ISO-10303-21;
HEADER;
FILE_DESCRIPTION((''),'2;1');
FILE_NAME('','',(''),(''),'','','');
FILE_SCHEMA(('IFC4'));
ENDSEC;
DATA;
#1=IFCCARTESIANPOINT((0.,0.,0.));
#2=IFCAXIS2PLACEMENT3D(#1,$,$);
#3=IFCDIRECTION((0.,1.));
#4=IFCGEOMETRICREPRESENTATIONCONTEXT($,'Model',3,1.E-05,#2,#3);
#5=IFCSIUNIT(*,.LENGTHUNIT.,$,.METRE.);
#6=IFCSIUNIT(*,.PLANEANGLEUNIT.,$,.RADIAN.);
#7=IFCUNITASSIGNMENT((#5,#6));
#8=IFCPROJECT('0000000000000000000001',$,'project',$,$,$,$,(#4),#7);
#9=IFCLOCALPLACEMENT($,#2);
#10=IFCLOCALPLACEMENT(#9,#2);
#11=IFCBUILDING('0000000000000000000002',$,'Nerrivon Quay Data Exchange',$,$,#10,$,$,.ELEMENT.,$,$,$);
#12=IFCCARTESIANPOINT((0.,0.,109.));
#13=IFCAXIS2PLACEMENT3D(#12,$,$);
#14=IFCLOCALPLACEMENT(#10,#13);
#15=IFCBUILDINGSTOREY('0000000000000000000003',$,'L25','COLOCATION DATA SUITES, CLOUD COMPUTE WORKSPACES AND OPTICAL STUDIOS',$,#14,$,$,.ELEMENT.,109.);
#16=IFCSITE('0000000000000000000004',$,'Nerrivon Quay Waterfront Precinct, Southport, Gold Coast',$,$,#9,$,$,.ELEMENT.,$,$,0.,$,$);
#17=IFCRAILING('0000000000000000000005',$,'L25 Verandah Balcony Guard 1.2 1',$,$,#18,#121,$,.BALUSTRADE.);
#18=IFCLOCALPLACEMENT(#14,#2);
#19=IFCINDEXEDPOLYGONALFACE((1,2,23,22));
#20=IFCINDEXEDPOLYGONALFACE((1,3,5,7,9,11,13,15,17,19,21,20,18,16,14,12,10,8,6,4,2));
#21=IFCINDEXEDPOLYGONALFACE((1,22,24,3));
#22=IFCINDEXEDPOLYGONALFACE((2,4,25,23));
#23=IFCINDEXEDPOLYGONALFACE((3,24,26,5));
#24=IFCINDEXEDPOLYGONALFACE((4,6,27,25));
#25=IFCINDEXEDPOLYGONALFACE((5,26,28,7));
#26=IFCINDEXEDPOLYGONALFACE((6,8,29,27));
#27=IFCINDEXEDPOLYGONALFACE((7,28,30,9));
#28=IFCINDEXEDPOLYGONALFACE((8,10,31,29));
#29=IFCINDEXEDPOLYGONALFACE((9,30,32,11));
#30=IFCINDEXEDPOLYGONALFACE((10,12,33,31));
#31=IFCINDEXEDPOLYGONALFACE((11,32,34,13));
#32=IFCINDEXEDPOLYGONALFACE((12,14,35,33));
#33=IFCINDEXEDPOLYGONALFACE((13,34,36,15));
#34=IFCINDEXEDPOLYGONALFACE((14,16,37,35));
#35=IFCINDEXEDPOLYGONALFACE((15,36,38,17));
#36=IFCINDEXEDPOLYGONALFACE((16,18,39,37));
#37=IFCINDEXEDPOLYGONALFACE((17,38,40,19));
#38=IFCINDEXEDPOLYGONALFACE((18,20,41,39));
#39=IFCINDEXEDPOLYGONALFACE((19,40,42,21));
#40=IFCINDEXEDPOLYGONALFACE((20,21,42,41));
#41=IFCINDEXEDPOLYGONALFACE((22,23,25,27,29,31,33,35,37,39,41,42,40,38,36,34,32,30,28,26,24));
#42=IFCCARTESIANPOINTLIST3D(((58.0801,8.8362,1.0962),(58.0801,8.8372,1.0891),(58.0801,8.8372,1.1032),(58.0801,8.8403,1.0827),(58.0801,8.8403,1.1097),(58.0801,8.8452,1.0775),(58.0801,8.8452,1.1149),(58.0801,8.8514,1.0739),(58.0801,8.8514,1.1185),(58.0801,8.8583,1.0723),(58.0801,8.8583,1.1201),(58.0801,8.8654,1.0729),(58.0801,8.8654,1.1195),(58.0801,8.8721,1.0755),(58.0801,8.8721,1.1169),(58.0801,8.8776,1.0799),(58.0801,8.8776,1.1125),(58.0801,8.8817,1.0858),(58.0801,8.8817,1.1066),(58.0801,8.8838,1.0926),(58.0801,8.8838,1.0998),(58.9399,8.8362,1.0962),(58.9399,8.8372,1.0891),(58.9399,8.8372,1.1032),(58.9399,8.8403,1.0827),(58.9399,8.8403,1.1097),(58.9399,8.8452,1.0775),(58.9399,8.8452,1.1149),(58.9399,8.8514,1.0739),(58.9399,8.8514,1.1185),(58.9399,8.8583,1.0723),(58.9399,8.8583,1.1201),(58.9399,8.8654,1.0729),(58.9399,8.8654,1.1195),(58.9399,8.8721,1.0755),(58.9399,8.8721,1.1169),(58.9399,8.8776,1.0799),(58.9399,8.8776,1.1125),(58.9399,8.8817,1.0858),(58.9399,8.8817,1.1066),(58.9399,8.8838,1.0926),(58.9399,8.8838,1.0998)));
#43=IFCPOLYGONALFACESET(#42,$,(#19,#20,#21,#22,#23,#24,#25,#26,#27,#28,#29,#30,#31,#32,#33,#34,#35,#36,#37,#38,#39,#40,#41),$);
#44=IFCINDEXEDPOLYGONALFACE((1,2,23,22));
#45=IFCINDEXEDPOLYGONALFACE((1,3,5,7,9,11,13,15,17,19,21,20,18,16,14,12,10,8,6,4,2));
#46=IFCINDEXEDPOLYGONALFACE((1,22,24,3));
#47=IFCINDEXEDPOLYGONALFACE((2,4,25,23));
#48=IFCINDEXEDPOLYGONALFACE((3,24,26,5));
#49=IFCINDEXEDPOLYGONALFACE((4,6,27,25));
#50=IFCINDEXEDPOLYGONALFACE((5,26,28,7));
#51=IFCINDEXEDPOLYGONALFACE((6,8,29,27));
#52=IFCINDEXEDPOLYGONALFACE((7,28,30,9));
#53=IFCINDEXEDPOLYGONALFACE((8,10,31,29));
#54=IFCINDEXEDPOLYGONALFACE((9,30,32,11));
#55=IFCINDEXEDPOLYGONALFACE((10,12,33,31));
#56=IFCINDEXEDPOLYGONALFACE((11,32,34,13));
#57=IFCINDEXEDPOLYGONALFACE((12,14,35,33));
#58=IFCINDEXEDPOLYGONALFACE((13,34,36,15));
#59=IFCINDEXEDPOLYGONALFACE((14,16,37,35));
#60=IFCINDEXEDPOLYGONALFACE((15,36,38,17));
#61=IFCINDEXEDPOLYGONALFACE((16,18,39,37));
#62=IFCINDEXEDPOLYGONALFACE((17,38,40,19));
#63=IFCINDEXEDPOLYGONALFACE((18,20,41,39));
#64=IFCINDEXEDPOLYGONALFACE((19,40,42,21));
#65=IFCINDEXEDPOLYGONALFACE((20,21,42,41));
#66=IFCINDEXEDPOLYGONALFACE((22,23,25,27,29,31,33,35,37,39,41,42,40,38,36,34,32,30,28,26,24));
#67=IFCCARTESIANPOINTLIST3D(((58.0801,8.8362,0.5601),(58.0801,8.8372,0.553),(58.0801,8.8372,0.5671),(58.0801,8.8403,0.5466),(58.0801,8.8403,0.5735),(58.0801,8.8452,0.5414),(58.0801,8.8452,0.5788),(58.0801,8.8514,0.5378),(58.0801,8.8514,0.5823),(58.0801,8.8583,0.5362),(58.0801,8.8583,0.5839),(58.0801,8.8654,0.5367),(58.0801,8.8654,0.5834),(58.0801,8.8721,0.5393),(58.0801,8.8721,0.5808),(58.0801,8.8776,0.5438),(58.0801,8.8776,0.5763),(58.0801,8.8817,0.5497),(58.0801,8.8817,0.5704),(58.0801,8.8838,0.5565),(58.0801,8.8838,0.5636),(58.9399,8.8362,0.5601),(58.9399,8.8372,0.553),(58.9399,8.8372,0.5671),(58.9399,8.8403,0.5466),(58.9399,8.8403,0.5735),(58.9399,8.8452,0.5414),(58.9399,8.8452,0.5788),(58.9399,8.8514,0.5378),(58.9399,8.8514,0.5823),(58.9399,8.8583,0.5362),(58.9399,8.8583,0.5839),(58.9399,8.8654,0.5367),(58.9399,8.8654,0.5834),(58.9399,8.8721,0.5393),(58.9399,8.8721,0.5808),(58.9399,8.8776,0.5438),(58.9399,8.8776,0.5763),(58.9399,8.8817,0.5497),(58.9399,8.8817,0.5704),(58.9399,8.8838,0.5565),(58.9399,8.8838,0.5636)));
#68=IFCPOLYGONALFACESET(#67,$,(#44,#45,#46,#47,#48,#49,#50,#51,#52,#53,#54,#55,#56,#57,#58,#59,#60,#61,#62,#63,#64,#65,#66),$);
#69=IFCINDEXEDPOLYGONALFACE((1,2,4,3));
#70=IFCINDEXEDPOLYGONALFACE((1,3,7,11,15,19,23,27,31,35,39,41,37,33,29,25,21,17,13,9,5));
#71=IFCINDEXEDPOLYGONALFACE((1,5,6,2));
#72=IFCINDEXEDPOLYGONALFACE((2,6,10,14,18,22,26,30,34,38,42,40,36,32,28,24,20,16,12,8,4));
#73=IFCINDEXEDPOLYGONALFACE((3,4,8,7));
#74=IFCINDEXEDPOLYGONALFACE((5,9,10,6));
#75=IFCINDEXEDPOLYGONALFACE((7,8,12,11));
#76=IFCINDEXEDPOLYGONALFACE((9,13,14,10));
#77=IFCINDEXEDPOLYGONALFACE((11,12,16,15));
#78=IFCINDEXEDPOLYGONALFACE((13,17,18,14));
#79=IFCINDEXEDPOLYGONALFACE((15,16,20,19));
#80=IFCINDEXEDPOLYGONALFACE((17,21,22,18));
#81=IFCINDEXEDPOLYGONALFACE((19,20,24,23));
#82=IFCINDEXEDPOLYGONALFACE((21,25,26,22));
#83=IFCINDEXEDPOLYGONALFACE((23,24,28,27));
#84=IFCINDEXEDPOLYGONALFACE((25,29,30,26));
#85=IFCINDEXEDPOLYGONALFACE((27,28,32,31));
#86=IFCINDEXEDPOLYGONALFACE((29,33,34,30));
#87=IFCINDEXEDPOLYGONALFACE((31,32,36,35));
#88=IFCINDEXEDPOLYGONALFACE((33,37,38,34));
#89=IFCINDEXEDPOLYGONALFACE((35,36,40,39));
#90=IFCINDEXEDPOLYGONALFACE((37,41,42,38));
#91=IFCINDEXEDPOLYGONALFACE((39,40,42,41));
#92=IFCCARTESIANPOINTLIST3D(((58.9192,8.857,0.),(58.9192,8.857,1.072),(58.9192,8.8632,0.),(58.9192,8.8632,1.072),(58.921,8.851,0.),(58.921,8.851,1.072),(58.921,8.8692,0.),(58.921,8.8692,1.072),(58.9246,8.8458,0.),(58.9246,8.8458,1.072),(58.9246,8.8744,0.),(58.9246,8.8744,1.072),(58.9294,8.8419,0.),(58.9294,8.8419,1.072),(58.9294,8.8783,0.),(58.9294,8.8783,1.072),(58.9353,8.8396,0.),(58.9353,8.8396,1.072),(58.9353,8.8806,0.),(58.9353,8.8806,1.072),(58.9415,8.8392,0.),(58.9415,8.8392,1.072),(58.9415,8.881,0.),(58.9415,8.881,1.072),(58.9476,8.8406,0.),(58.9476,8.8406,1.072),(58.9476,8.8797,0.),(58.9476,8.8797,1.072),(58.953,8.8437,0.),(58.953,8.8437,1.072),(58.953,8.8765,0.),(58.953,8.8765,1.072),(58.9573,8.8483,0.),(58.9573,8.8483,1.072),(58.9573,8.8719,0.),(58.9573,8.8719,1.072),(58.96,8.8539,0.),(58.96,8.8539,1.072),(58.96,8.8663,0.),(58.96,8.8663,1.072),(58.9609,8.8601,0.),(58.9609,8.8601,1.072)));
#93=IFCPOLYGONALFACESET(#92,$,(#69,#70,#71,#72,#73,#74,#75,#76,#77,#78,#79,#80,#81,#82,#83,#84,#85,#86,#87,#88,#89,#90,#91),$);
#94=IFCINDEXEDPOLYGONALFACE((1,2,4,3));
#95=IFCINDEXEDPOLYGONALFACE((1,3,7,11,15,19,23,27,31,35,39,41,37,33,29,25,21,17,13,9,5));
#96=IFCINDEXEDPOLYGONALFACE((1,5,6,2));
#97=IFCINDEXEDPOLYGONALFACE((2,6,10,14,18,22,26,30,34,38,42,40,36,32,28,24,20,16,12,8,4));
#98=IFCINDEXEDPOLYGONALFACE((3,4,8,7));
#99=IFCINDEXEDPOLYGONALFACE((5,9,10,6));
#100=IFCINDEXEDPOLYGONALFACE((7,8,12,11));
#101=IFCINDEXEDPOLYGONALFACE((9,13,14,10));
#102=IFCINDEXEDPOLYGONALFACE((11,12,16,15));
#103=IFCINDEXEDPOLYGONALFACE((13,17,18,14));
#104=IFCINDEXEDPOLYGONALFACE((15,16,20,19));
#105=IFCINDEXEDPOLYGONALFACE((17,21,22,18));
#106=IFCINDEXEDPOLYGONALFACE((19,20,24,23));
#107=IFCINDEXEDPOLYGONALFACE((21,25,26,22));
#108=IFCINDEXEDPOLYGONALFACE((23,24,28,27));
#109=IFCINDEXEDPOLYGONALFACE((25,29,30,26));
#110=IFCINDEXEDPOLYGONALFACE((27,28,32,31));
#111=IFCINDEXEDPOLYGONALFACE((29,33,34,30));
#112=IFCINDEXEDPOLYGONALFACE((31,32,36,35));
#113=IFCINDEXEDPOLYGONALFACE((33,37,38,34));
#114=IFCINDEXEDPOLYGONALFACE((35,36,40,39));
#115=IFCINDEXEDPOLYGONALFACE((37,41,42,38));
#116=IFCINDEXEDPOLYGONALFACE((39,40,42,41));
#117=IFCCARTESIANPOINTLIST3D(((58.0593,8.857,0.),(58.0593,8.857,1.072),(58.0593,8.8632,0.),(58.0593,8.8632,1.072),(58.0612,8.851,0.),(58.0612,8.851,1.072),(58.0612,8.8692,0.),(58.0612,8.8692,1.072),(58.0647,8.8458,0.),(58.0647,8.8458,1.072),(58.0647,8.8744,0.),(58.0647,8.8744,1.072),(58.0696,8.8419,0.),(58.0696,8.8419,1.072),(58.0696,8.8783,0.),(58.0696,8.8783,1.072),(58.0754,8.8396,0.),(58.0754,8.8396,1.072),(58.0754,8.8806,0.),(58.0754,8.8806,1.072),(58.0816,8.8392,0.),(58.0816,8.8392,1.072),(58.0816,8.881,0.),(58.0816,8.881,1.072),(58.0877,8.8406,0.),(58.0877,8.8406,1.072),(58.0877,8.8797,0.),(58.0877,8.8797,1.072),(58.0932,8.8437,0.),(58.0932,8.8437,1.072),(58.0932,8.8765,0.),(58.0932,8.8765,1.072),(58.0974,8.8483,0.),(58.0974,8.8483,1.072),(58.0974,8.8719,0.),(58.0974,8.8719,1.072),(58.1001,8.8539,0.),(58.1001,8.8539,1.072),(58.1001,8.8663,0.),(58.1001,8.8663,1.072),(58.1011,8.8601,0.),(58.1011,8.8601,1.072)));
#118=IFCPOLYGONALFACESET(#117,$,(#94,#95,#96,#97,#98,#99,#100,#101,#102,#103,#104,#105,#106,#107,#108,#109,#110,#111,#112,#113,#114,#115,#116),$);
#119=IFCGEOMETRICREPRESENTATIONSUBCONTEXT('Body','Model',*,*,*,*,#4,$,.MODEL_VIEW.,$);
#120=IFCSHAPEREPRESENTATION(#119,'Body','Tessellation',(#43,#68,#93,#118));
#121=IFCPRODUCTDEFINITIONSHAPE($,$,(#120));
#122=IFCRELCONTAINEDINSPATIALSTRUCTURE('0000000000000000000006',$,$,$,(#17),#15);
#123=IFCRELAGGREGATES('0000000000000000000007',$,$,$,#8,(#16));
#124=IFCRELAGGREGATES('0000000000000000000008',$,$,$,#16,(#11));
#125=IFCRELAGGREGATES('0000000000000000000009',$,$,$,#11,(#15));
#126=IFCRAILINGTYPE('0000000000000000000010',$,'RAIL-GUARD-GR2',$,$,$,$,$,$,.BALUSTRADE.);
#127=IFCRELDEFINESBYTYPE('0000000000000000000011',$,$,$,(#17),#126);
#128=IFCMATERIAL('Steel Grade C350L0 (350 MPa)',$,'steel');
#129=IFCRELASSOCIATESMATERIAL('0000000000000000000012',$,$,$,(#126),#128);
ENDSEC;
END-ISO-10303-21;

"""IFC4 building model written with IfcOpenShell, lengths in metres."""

from ifc_helpers import new_model, si_unit, direction, frame, origin, origin_2d, place, context, subcontext, project, spatial, circle, extrude, material, type_object, element, save


model = new_model("IFC4")

# Units and contexts
model_context = context("Model", 3, precision=1e-05, world=origin(), true_north=direction((0.0, 1.0)))
body_context = subcontext(model_context, "Body", "Model", "MODEL_VIEW")
ifc_project = project(units=[si_unit("LENGTHUNIT", "METRE"), si_unit("PLANEANGLEUNIT", "RADIAN")], contexts=[model_context])

# Site, building, storey
site_placement = place(None, origin())
site = spatial("IfcSite", under=ifc_project, at=site_placement, Name="Nerrivon Quay Waterfront Precinct, Southport, Gold Coast", CompositionType="ELEMENT", RefElevation=0.0)
building_placement = place(site_placement, origin())
building = spatial("IfcBuilding", under=site, at=building_placement, Name="Nerrivon Quay Data Exchange", CompositionType="ELEMENT")
storey_placement = place(building_placement, frame((0.0, 0.0, 109.0)))
storey = spatial("IfcBuildingStorey", under=building, at=storey_placement, Name="L25", Description="COLOCATION DATA SUITES, CLOUD COMPUTE WORKSPACES AND OPTICAL STUDIOS", CompositionType="ELEMENT", Elevation=109.0)

# Shared definitions
ifc_material_1 = material(Name="Steel Grade C350L0 (350 MPa)", Category="steel")

# Railing
railing_type = type_object("IfcRailingType", Name="RAIL-GUARD-GR2", PredefinedType="BALUSTRADE", material=ifc_material_1)
railing_1_placement = place(storey_placement, frame((58.9399, 8.8601, 0.0)))
element("IfcRailing", 1, at=railing_1_placement, inside=storey, type_object=railing_type, Name="L25 Verandah Balcony Guard 1.2 1", PredefinedType="BALUSTRADE", context=body_context, shape_type="SweptSolid", body=[
    extrude(circle(Radius=0.0239, at=origin_2d()), frame((0.0, 0.0, 1.0962), z_axis=(-1.0, 0.0, 0.0), x_axis=(0.0, -1.0, 0.0)), (0.0, 0.0, 1.0), 0.8599),
    extrude(circle(Radius=0.0239, at=origin_2d()), frame((0.0, 0.0, 0.5601), z_axis=(-1.0, 0.0, 0.0), x_axis=(0.0, -1.0, 0.0)), (0.0, 0.0, 1.0), 0.8599),
    extrude(circle(Radius=0.021, at=origin_2d()), origin(), (0.0, 0.0, 1.0), 1.072),
    extrude(circle(Radius=0.021, at=origin_2d()), frame((-0.8599, 0.0, 0.0)), (0.0, 0.0, 1.0), 1.072),
])

save(model, "model.ifc")
